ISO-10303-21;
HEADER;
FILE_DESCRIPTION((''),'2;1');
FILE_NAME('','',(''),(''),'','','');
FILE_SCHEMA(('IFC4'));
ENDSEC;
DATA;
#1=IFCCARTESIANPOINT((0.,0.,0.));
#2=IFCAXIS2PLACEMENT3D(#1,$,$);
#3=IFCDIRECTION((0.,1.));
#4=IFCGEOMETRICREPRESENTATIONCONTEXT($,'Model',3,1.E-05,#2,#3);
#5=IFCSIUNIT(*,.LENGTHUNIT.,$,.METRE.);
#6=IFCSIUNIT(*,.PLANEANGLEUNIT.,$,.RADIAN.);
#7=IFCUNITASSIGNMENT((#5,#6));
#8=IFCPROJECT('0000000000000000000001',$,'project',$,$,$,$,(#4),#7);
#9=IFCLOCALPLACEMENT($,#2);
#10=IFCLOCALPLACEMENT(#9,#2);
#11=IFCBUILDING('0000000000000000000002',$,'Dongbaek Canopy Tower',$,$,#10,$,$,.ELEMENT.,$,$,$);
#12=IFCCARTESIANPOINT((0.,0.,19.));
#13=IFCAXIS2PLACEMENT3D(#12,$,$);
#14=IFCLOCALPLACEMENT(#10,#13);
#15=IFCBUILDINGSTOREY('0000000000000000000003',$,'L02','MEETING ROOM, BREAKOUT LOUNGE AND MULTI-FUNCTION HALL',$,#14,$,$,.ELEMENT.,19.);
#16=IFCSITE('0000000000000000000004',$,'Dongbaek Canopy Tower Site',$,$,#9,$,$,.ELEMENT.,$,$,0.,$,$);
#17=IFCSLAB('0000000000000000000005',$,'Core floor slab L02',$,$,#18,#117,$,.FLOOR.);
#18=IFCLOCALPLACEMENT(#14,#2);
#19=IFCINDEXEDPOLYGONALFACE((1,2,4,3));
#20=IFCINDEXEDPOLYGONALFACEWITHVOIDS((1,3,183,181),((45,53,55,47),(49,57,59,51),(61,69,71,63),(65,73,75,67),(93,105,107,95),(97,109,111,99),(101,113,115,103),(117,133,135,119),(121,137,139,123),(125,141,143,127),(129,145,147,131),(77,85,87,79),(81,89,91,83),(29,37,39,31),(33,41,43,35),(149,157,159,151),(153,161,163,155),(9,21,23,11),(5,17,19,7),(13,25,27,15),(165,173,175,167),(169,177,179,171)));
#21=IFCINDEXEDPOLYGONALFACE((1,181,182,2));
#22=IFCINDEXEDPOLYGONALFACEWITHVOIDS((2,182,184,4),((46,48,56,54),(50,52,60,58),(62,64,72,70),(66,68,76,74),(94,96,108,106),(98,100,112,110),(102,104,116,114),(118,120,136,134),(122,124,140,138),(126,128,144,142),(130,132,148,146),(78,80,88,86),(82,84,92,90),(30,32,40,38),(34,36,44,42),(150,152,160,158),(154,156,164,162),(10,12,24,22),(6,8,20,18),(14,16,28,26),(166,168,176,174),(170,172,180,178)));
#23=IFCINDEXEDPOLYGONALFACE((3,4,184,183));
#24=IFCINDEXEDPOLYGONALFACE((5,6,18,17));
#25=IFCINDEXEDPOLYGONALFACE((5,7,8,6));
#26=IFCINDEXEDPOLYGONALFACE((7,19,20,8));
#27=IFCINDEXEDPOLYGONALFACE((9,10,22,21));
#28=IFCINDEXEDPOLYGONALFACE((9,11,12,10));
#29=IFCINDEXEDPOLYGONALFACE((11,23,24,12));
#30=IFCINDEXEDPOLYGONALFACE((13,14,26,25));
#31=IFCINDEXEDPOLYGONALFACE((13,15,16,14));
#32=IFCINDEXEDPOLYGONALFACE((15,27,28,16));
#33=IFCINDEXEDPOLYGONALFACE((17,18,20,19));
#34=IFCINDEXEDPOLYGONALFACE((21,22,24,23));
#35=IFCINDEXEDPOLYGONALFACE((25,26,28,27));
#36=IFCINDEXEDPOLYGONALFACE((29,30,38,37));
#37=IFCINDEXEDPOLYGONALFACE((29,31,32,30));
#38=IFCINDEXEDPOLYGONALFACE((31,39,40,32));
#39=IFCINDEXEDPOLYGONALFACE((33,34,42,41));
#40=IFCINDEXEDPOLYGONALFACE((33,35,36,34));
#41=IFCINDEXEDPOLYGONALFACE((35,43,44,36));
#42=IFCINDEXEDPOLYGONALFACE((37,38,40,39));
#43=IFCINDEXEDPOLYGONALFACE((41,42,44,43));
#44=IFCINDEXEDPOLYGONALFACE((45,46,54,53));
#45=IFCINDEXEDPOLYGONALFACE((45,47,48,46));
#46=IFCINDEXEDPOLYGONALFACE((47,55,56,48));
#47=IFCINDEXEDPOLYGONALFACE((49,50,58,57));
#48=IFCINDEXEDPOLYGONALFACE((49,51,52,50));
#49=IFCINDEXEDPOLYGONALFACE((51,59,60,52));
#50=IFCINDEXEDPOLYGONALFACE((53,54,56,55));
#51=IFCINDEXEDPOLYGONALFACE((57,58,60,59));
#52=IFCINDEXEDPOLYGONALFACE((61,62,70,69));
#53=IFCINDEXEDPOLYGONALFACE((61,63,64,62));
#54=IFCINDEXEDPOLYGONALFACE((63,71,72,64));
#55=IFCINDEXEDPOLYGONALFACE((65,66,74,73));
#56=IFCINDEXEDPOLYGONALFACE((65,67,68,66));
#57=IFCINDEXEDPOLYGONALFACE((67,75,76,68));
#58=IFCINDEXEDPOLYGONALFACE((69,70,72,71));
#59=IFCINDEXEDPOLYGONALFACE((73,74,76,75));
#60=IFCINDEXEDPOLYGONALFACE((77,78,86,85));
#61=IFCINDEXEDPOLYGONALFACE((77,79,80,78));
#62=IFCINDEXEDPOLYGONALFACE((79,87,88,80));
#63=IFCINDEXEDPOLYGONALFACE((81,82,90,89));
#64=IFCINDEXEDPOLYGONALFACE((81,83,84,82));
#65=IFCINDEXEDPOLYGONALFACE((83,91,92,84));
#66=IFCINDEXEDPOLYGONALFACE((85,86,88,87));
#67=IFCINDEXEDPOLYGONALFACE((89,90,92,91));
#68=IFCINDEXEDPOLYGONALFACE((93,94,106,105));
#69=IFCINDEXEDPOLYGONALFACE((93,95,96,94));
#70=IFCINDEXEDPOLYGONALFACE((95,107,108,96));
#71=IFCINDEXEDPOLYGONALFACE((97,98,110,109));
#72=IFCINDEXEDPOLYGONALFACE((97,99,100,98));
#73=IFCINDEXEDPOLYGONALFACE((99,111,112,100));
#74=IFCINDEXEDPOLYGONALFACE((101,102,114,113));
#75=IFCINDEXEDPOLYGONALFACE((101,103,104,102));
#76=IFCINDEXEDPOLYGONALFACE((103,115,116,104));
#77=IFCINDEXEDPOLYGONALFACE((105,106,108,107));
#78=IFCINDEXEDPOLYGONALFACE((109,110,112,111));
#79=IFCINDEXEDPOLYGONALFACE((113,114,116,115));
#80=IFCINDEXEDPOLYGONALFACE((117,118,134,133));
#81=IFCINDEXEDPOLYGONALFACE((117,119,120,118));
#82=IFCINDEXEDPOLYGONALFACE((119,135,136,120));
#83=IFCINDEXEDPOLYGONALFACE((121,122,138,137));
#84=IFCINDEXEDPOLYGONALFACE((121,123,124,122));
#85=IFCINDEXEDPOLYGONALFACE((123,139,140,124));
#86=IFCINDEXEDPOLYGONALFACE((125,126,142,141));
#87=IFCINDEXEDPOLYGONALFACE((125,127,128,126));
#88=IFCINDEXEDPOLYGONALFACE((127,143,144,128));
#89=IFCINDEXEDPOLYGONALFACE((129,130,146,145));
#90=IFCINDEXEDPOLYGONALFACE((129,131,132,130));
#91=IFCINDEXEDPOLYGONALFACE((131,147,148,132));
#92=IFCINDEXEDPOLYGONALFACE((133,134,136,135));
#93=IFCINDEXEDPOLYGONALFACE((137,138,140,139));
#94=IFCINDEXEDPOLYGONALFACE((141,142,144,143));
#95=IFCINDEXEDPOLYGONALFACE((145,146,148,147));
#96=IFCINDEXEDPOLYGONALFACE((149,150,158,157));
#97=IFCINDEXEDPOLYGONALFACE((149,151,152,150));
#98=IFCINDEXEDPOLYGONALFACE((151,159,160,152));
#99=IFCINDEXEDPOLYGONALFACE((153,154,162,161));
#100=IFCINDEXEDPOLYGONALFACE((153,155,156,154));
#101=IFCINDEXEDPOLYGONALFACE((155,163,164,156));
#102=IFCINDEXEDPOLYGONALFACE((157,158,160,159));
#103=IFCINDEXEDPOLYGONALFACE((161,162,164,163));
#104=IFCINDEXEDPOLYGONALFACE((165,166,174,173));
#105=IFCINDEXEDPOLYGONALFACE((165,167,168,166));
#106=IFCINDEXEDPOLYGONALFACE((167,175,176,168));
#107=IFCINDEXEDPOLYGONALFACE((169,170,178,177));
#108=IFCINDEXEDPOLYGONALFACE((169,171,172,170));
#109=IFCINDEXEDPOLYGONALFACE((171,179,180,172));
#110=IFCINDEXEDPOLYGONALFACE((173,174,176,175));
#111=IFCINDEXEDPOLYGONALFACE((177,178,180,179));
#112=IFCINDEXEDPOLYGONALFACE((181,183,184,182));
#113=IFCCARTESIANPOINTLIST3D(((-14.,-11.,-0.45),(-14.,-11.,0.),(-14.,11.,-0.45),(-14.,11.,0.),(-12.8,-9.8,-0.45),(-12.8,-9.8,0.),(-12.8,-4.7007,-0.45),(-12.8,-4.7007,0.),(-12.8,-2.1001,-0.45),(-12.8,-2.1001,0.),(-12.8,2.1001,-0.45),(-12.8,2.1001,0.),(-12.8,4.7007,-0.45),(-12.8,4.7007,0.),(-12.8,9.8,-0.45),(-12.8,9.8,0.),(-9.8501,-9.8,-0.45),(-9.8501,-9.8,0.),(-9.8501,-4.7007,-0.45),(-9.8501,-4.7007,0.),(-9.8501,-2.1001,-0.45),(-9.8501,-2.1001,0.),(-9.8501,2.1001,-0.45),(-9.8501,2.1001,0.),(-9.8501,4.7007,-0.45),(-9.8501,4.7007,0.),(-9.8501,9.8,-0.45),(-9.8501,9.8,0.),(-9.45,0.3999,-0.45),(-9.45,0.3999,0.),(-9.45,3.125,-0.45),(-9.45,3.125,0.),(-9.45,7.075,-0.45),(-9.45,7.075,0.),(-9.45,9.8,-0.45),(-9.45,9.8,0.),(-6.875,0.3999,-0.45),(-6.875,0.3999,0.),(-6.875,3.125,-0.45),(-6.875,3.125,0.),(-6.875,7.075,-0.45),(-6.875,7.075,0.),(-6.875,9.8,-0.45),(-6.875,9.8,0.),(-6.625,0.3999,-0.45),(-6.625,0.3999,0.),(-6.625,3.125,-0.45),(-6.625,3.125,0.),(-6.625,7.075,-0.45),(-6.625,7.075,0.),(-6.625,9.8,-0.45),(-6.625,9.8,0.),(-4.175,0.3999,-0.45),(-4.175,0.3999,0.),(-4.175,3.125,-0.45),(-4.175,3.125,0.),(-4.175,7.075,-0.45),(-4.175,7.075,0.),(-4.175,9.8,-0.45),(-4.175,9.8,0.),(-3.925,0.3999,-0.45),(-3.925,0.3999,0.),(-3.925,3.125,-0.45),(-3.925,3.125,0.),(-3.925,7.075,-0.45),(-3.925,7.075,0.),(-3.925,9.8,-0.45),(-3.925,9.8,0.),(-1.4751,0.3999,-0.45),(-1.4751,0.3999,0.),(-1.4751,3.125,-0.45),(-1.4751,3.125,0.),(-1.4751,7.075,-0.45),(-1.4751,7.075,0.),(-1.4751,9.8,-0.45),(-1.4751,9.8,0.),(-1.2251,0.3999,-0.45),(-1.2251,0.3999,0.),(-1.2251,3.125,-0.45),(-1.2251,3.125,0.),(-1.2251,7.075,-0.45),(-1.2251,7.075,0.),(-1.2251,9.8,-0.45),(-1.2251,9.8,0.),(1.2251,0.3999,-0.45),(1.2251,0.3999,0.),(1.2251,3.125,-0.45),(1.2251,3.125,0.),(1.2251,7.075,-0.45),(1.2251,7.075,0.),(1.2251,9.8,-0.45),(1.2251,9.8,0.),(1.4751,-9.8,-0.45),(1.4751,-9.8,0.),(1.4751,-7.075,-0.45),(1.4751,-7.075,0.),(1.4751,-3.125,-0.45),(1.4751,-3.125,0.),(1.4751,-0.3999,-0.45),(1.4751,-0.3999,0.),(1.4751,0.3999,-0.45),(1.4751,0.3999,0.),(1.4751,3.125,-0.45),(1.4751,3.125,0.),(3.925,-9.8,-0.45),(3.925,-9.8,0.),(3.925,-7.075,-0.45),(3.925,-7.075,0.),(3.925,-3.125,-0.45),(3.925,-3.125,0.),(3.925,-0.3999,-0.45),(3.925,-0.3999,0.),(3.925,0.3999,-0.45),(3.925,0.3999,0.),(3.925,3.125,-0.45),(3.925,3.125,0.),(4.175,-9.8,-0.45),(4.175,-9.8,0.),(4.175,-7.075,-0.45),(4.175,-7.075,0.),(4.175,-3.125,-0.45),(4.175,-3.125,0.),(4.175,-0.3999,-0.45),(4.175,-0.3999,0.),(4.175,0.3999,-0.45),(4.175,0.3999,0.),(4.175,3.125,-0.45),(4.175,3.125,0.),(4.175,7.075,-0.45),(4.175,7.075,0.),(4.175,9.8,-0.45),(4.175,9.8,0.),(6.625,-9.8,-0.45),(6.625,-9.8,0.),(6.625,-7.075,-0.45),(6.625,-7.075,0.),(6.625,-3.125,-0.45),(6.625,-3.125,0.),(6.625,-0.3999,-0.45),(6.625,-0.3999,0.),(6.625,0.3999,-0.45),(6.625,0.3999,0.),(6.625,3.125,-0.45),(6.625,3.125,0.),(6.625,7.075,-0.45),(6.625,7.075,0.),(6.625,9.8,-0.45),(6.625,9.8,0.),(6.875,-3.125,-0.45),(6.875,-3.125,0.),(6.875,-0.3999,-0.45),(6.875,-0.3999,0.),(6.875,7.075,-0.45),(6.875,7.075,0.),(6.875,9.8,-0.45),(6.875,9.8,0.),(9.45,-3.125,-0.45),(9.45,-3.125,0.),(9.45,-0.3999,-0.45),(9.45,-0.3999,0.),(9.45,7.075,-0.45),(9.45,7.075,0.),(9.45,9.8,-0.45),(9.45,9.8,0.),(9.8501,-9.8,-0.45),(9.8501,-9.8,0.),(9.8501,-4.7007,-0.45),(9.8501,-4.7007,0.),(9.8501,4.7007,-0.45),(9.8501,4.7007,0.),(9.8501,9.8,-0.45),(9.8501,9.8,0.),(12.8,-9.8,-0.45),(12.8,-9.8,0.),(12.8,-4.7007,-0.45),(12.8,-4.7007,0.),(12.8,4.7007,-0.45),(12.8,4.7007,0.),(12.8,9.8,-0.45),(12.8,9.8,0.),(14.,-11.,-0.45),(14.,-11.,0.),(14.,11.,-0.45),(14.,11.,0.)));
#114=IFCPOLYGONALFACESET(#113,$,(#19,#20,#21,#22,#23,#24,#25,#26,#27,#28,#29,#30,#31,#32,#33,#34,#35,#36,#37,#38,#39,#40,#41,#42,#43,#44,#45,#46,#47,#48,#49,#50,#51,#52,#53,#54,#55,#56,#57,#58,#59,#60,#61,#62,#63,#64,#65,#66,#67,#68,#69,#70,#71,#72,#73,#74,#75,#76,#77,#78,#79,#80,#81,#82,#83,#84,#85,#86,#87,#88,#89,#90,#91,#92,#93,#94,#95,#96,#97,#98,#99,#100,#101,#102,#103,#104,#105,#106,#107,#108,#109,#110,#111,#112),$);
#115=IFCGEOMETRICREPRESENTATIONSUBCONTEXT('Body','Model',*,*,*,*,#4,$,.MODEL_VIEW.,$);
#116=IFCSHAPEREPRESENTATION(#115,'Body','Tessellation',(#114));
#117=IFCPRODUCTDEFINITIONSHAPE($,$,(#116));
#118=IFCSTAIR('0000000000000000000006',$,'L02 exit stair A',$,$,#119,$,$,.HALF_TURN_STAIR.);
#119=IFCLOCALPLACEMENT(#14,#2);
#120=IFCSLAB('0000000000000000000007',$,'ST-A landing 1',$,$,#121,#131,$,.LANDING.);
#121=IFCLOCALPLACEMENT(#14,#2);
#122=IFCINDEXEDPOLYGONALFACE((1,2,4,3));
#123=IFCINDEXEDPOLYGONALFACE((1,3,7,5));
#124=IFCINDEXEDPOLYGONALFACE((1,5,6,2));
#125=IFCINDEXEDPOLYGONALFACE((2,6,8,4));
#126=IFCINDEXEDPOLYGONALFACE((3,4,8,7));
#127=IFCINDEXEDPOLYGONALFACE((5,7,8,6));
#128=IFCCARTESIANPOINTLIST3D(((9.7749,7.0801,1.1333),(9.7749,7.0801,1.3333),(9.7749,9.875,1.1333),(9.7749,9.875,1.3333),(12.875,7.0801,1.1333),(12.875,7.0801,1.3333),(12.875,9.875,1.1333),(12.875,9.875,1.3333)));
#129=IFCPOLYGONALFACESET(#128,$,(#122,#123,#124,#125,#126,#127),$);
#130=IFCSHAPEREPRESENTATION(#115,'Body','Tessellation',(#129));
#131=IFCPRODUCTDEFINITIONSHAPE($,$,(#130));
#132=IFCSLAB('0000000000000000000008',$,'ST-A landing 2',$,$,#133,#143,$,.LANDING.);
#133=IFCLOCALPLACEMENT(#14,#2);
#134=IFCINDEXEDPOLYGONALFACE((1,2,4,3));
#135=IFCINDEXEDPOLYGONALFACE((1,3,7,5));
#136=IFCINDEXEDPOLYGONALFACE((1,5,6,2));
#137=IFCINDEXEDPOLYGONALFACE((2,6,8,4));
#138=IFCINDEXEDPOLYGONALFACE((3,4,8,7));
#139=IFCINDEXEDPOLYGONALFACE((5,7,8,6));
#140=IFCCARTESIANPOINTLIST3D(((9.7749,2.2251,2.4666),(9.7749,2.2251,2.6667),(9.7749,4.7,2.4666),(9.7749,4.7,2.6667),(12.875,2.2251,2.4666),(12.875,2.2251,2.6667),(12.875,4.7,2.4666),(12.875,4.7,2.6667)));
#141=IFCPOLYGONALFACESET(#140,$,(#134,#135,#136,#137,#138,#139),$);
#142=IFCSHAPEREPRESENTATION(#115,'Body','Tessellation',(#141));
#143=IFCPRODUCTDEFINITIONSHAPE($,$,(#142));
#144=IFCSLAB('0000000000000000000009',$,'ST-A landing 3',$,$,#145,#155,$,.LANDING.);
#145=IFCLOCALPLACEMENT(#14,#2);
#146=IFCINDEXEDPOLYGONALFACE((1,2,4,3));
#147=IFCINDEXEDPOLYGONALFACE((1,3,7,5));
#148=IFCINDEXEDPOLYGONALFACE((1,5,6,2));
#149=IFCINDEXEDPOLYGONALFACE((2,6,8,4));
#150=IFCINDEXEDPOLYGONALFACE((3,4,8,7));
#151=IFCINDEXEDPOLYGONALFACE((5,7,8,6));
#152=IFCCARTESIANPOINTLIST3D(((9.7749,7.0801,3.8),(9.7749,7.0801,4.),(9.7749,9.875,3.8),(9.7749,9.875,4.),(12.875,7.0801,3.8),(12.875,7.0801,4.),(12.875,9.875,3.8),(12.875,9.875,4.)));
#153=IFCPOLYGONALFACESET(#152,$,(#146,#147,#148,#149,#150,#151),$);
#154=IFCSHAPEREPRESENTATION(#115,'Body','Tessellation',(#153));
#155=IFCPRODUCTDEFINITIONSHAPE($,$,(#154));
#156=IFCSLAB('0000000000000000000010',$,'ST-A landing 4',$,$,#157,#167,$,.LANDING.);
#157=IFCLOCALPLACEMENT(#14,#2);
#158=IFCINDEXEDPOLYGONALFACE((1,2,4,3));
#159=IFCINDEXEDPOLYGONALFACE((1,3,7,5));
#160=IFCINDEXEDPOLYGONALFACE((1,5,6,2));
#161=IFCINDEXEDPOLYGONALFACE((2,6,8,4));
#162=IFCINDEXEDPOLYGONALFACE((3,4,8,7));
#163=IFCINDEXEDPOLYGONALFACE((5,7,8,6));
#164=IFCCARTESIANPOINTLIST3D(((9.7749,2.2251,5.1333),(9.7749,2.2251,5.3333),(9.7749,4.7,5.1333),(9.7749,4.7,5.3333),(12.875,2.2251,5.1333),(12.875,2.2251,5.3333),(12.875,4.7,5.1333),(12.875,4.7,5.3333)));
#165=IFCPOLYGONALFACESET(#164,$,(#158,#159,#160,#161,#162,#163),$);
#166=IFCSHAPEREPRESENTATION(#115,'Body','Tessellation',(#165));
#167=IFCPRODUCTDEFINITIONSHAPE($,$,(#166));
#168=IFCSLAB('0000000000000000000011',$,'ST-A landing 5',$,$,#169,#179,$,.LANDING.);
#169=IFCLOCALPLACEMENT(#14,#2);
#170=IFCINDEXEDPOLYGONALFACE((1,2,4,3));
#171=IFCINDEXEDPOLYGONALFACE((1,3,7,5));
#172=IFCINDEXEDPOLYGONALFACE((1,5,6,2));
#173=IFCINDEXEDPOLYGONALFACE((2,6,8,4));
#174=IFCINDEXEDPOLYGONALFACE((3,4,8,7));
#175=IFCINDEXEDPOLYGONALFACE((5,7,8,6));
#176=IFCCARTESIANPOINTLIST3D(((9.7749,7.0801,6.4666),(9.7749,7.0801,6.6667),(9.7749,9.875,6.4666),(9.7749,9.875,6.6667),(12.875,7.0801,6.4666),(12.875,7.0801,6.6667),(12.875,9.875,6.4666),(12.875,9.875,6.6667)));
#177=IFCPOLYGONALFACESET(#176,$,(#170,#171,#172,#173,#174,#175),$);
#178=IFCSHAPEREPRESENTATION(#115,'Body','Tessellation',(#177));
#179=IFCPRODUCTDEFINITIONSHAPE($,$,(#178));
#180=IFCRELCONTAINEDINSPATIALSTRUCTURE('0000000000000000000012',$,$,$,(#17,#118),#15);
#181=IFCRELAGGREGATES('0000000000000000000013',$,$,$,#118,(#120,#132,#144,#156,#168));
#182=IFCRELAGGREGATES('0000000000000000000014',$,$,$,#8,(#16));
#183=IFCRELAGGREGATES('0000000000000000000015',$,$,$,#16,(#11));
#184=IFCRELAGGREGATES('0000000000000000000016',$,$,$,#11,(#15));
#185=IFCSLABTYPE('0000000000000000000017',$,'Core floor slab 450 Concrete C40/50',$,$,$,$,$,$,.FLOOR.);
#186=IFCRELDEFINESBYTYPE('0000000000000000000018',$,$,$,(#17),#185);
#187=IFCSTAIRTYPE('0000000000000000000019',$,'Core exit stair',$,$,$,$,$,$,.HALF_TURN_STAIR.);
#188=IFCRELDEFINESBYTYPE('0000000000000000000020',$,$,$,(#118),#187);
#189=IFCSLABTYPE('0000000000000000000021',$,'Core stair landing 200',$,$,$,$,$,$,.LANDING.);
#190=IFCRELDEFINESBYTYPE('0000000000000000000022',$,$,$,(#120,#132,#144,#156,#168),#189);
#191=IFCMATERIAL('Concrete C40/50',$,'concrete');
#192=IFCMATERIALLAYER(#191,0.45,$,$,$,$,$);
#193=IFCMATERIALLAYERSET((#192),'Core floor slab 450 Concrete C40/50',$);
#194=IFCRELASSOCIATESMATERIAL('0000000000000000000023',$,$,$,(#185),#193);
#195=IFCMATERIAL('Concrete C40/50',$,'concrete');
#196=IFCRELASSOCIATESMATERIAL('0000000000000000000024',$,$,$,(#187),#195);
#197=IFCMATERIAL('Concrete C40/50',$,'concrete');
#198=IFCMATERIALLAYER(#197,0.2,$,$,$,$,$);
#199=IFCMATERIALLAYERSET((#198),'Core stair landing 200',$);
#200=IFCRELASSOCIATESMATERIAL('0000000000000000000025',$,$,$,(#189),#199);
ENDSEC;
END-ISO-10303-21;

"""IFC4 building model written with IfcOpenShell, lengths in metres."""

from ifc_helpers import new_model, si_unit, direction, frame, origin, place, context, subcontext, project, spatial, polyline, outline, extrude, material, layer, layer_set, type_object, element, aggregate, save


model = new_model("IFC4")

# Units and contexts
model_context = context("Model", 3, precision=1e-05, world=origin(), true_north=direction((0.0, 1.0)))
body_context = subcontext(model_context, "Body", "Model", "MODEL_VIEW")
ifc_project = project(units=[si_unit("LENGTHUNIT", "METRE"), si_unit("PLANEANGLEUNIT", "RADIAN")], contexts=[model_context])

# Site, building, storey
site_placement = place(None, origin())
site = spatial("IfcSite", under=ifc_project, at=site_placement, Name="Dongbaek Canopy Tower Site", CompositionType="ELEMENT", RefElevation=0.0)
building_placement = place(site_placement, origin())
building = spatial("IfcBuilding", under=site, at=building_placement, Name="Dongbaek Canopy Tower", CompositionType="ELEMENT")
storey_placement = place(building_placement, frame((0.0, 0.0, 19.0)))
storey = spatial("IfcBuildingStorey", under=building, at=storey_placement, Name="L02", Description="MEETING ROOM, BREAKOUT LOUNGE AND MULTI-FUNCTION HALL", CompositionType="ELEMENT", Elevation=19.0)

# Slab
ifc_material_1 = material(Name="Concrete C40/50", Category="concrete")
ifc_layer_1 = layer(ifc_material_1, 0.45)
ifc_layer_set_1 = layer_set([ifc_layer_1], Name="Core floor slab 450 Concrete C40/50")
slab_type_1 = type_object("IfcSlabType", Name="Core floor slab 450 Concrete C40/50", PredefinedType="FLOOR", material=ifc_layer_set_1)
slab_1_placement = place(storey_placement, frame((0.0, 0.0, -0.45)))
element("IfcSlab", 1, at=slab_1_placement, inside=storey, type_object=slab_type_1, Name="Core floor slab L02", PredefinedType="FLOOR", context=body_context, shape_type="SweptSolid", body=[
    extrude(outline(polyline([(14.0, -11.0), (14.0, 11.0), (-14.0, 11.0), (-14.0, -11.0), (14.0, -11.0)]), holes=[polyline([(-12.8, 2.1001), (-9.8501, 2.1001), (-9.8501, -2.1001), (-12.8, -2.1001), (-12.8, 2.1001)]), polyline([(-6.875, 9.8), (-6.875, 7.075), (-9.45, 7.075), (-9.45, 9.8), (-6.875, 9.8)]), polyline([(-4.175, 9.8), (-4.175, 7.075), (-6.625, 7.075), (-6.625, 9.8), (-4.175, 9.8)]), polyline([(-1.4751, 9.8), (-1.4751, 7.075), (-3.925, 7.075), (-3.925, 9.8), (-1.4751, 9.8)]), polyline([(1.2251, 9.8), (1.2251, 7.075), (-1.2251, 7.075), (-1.2251, 9.8), (1.2251, 9.8)]), polyline([(6.625, 9.8), (6.625, 7.075), (4.175, 7.075), (4.175, 9.8), (6.625, 9.8)]), polyline([(9.45, 7.075), (6.875, 7.075), (6.875, 9.8), (9.45, 9.8), (9.45, 7.075)]), polyline([(-9.45, 3.125), (-6.875, 3.125), (-6.875, 0.3999), (-9.45, 0.3999), (-9.45, 3.125)]), polyline([(-6.625, 3.125), (-4.175, 3.125), (-4.175, 0.3999), (-6.625, 0.3999), (-6.625, 3.125)]), polyline([(-3.925, 3.125), (-1.4751, 3.125), (-1.4751, 0.3999), (-3.925, 0.3999), (-3.925, 3.125)]), polyline([(-1.2251, 3.125), (1.2251, 3.125), (1.2251, 0.3999), (-1.2251, 0.3999), (-1.2251, 3.125)]), polyline([(1.4751, 0.3999), (1.4751, 3.125), (3.925, 3.125), (3.925, 0.3999), (1.4751, 0.3999)]), polyline([(4.175, 0.3999), (4.175, 3.125), (6.625, 3.125), (6.625, 0.3999), (4.175, 0.3999)]), polyline([(3.925, -0.3999), (3.925, -3.125), (1.4751, -3.125), (1.4751, -0.3999), (3.925, -0.3999)]), polyline([(6.625, -0.3999), (6.625, -3.125), (4.175, -3.125), (4.175, -0.3999), (6.625, -0.3999)]), polyline([(9.45, -3.125), (6.875, -3.125), (6.875, -0.3999), (9.45, -0.3999), (9.45, -3.125)]), polyline([(1.4751, -9.8), (1.4751, -7.075), (3.925, -7.075), (3.925, -9.8), (1.4751, -9.8)]), polyline([(4.175, -9.8), (4.175, -7.075), (6.625, -7.075), (6.625, -9.8), (4.175, -9.8)]), polyline([(12.8, 4.7007), (12.8, 9.8), (9.8501, 9.8), (9.8501, 4.7007), (12.8, 4.7007)]), polyline([(-9.8501, 4.7007), (-9.8501, 9.8), (-12.8, 9.8), (-12.8, 4.7007), (-9.8501, 4.7007)]), polyline([(9.8501, -4.7007), (9.8501, -9.8), (12.8, -9.8), (12.8, -4.7007), (9.8501, -4.7007)]), polyline([(-12.8, -4.7007), (-12.8, -9.8), (-9.8501, -9.8), (-9.8501, -4.7007), (-12.8, -4.7007)])]), origin(), (0.0, 0.0, 1.0), 0.45),
])

# Stair, slabs
ifc_material_2 = material(Name="Concrete C40/50", Category="concrete")
stair_type = type_object("IfcStairType", Name="Core exit stair", PredefinedType="HALF_TURN_STAIR", material=ifc_material_2)
stair_1_placement = place(storey_placement, origin())
stair_1 = element("IfcStair", 2, at=stair_1_placement, inside=storey, type_object=stair_type, Name="L02 exit stair A", PredefinedType="HALF_TURN_STAIR")
ifc_material_3 = material(Name="Concrete C40/50", Category="concrete")
ifc_layer_2 = layer(ifc_material_3, 0.2)
ifc_layer_set_2 = layer_set([ifc_layer_2], Name="Core stair landing 200")
slab_type_2 = type_object("IfcSlabType", Name="Core stair landing 200", PredefinedType="LANDING", material=ifc_layer_set_2)
slab_2_placement = place(storey_placement, frame((0.0, 0.0, 1.1333)))
slab_2 = element("IfcSlab", 3, at=slab_2_placement, type_object=slab_type_2, Name="ST-A landing 1", PredefinedType="LANDING", context=body_context, shape_type="SweptSolid", body=[
    extrude(outline(polyline([(12.875, 7.0801), (12.875, 9.875), (9.7749, 9.875), (9.7749, 7.0801), (12.875, 7.0801)])), origin(), (0.0, 0.0, 1.0), 0.2),
])
slab_3_placement = place(storey_placement, frame((0.0, 0.0, 2.4666)))
slab_3 = element("IfcSlab", 4, at=slab_3_placement, type_object=slab_type_2, Name="ST-A landing 2", PredefinedType="LANDING", context=body_context, shape_type="SweptSolid", body=[
    extrude(outline(polyline([(12.875, 2.2251), (12.875, 4.7), (9.7749, 4.7), (9.7749, 2.2251), (12.875, 2.2251)])), origin(), (0.0, 0.0, 1.0), 0.2002),
])
slab_4_placement = place(storey_placement, frame((0.0, 0.0, 3.8)))
slab_4 = element("IfcSlab", 5, at=slab_4_placement, type_object=slab_type_2, Name="ST-A landing 3", PredefinedType="LANDING", context=body_context, shape_type="SweptSolid", body=[
    extrude(outline(polyline([(12.875, 7.0801), (12.875, 9.875), (9.7749, 9.875), (9.7749, 7.0801), (12.875, 7.0801)])), origin(), (0.0, 0.0, 1.0), 0.2),
])
slab_5_placement = place(storey_placement, frame((0.0, 0.0, 5.1333)))
slab_5 = element("IfcSlab", 6, at=slab_5_placement, type_object=slab_type_2, Name="ST-A landing 4", PredefinedType="LANDING", context=body_context, shape_type="SweptSolid", body=[
    extrude(outline(polyline([(12.875, 2.2251), (12.875, 4.7), (9.7749, 4.7), (9.7749, 2.2251), (12.875, 2.2251)])), origin(), (0.0, 0.0, 1.0), 0.2),
])
slab_6_placement = place(storey_placement, frame((0.0, 0.0, 6.4666)))
slab_6 = element("IfcSlab", 7, at=slab_6_placement, type_object=slab_type_2, Name="ST-A landing 5", PredefinedType="LANDING", context=body_context, shape_type="SweptSolid", body=[
    extrude(outline(polyline([(12.875, 7.0801), (12.875, 9.875), (9.7749, 9.875), (9.7749, 7.0801), (12.875, 7.0801)])), origin(), (0.0, 0.0, 1.0), 0.2002),
])
aggregate(stair_1, [slab_2, slab_3, slab_4, slab_5, slab_6])

save(model, "model.ifc")
